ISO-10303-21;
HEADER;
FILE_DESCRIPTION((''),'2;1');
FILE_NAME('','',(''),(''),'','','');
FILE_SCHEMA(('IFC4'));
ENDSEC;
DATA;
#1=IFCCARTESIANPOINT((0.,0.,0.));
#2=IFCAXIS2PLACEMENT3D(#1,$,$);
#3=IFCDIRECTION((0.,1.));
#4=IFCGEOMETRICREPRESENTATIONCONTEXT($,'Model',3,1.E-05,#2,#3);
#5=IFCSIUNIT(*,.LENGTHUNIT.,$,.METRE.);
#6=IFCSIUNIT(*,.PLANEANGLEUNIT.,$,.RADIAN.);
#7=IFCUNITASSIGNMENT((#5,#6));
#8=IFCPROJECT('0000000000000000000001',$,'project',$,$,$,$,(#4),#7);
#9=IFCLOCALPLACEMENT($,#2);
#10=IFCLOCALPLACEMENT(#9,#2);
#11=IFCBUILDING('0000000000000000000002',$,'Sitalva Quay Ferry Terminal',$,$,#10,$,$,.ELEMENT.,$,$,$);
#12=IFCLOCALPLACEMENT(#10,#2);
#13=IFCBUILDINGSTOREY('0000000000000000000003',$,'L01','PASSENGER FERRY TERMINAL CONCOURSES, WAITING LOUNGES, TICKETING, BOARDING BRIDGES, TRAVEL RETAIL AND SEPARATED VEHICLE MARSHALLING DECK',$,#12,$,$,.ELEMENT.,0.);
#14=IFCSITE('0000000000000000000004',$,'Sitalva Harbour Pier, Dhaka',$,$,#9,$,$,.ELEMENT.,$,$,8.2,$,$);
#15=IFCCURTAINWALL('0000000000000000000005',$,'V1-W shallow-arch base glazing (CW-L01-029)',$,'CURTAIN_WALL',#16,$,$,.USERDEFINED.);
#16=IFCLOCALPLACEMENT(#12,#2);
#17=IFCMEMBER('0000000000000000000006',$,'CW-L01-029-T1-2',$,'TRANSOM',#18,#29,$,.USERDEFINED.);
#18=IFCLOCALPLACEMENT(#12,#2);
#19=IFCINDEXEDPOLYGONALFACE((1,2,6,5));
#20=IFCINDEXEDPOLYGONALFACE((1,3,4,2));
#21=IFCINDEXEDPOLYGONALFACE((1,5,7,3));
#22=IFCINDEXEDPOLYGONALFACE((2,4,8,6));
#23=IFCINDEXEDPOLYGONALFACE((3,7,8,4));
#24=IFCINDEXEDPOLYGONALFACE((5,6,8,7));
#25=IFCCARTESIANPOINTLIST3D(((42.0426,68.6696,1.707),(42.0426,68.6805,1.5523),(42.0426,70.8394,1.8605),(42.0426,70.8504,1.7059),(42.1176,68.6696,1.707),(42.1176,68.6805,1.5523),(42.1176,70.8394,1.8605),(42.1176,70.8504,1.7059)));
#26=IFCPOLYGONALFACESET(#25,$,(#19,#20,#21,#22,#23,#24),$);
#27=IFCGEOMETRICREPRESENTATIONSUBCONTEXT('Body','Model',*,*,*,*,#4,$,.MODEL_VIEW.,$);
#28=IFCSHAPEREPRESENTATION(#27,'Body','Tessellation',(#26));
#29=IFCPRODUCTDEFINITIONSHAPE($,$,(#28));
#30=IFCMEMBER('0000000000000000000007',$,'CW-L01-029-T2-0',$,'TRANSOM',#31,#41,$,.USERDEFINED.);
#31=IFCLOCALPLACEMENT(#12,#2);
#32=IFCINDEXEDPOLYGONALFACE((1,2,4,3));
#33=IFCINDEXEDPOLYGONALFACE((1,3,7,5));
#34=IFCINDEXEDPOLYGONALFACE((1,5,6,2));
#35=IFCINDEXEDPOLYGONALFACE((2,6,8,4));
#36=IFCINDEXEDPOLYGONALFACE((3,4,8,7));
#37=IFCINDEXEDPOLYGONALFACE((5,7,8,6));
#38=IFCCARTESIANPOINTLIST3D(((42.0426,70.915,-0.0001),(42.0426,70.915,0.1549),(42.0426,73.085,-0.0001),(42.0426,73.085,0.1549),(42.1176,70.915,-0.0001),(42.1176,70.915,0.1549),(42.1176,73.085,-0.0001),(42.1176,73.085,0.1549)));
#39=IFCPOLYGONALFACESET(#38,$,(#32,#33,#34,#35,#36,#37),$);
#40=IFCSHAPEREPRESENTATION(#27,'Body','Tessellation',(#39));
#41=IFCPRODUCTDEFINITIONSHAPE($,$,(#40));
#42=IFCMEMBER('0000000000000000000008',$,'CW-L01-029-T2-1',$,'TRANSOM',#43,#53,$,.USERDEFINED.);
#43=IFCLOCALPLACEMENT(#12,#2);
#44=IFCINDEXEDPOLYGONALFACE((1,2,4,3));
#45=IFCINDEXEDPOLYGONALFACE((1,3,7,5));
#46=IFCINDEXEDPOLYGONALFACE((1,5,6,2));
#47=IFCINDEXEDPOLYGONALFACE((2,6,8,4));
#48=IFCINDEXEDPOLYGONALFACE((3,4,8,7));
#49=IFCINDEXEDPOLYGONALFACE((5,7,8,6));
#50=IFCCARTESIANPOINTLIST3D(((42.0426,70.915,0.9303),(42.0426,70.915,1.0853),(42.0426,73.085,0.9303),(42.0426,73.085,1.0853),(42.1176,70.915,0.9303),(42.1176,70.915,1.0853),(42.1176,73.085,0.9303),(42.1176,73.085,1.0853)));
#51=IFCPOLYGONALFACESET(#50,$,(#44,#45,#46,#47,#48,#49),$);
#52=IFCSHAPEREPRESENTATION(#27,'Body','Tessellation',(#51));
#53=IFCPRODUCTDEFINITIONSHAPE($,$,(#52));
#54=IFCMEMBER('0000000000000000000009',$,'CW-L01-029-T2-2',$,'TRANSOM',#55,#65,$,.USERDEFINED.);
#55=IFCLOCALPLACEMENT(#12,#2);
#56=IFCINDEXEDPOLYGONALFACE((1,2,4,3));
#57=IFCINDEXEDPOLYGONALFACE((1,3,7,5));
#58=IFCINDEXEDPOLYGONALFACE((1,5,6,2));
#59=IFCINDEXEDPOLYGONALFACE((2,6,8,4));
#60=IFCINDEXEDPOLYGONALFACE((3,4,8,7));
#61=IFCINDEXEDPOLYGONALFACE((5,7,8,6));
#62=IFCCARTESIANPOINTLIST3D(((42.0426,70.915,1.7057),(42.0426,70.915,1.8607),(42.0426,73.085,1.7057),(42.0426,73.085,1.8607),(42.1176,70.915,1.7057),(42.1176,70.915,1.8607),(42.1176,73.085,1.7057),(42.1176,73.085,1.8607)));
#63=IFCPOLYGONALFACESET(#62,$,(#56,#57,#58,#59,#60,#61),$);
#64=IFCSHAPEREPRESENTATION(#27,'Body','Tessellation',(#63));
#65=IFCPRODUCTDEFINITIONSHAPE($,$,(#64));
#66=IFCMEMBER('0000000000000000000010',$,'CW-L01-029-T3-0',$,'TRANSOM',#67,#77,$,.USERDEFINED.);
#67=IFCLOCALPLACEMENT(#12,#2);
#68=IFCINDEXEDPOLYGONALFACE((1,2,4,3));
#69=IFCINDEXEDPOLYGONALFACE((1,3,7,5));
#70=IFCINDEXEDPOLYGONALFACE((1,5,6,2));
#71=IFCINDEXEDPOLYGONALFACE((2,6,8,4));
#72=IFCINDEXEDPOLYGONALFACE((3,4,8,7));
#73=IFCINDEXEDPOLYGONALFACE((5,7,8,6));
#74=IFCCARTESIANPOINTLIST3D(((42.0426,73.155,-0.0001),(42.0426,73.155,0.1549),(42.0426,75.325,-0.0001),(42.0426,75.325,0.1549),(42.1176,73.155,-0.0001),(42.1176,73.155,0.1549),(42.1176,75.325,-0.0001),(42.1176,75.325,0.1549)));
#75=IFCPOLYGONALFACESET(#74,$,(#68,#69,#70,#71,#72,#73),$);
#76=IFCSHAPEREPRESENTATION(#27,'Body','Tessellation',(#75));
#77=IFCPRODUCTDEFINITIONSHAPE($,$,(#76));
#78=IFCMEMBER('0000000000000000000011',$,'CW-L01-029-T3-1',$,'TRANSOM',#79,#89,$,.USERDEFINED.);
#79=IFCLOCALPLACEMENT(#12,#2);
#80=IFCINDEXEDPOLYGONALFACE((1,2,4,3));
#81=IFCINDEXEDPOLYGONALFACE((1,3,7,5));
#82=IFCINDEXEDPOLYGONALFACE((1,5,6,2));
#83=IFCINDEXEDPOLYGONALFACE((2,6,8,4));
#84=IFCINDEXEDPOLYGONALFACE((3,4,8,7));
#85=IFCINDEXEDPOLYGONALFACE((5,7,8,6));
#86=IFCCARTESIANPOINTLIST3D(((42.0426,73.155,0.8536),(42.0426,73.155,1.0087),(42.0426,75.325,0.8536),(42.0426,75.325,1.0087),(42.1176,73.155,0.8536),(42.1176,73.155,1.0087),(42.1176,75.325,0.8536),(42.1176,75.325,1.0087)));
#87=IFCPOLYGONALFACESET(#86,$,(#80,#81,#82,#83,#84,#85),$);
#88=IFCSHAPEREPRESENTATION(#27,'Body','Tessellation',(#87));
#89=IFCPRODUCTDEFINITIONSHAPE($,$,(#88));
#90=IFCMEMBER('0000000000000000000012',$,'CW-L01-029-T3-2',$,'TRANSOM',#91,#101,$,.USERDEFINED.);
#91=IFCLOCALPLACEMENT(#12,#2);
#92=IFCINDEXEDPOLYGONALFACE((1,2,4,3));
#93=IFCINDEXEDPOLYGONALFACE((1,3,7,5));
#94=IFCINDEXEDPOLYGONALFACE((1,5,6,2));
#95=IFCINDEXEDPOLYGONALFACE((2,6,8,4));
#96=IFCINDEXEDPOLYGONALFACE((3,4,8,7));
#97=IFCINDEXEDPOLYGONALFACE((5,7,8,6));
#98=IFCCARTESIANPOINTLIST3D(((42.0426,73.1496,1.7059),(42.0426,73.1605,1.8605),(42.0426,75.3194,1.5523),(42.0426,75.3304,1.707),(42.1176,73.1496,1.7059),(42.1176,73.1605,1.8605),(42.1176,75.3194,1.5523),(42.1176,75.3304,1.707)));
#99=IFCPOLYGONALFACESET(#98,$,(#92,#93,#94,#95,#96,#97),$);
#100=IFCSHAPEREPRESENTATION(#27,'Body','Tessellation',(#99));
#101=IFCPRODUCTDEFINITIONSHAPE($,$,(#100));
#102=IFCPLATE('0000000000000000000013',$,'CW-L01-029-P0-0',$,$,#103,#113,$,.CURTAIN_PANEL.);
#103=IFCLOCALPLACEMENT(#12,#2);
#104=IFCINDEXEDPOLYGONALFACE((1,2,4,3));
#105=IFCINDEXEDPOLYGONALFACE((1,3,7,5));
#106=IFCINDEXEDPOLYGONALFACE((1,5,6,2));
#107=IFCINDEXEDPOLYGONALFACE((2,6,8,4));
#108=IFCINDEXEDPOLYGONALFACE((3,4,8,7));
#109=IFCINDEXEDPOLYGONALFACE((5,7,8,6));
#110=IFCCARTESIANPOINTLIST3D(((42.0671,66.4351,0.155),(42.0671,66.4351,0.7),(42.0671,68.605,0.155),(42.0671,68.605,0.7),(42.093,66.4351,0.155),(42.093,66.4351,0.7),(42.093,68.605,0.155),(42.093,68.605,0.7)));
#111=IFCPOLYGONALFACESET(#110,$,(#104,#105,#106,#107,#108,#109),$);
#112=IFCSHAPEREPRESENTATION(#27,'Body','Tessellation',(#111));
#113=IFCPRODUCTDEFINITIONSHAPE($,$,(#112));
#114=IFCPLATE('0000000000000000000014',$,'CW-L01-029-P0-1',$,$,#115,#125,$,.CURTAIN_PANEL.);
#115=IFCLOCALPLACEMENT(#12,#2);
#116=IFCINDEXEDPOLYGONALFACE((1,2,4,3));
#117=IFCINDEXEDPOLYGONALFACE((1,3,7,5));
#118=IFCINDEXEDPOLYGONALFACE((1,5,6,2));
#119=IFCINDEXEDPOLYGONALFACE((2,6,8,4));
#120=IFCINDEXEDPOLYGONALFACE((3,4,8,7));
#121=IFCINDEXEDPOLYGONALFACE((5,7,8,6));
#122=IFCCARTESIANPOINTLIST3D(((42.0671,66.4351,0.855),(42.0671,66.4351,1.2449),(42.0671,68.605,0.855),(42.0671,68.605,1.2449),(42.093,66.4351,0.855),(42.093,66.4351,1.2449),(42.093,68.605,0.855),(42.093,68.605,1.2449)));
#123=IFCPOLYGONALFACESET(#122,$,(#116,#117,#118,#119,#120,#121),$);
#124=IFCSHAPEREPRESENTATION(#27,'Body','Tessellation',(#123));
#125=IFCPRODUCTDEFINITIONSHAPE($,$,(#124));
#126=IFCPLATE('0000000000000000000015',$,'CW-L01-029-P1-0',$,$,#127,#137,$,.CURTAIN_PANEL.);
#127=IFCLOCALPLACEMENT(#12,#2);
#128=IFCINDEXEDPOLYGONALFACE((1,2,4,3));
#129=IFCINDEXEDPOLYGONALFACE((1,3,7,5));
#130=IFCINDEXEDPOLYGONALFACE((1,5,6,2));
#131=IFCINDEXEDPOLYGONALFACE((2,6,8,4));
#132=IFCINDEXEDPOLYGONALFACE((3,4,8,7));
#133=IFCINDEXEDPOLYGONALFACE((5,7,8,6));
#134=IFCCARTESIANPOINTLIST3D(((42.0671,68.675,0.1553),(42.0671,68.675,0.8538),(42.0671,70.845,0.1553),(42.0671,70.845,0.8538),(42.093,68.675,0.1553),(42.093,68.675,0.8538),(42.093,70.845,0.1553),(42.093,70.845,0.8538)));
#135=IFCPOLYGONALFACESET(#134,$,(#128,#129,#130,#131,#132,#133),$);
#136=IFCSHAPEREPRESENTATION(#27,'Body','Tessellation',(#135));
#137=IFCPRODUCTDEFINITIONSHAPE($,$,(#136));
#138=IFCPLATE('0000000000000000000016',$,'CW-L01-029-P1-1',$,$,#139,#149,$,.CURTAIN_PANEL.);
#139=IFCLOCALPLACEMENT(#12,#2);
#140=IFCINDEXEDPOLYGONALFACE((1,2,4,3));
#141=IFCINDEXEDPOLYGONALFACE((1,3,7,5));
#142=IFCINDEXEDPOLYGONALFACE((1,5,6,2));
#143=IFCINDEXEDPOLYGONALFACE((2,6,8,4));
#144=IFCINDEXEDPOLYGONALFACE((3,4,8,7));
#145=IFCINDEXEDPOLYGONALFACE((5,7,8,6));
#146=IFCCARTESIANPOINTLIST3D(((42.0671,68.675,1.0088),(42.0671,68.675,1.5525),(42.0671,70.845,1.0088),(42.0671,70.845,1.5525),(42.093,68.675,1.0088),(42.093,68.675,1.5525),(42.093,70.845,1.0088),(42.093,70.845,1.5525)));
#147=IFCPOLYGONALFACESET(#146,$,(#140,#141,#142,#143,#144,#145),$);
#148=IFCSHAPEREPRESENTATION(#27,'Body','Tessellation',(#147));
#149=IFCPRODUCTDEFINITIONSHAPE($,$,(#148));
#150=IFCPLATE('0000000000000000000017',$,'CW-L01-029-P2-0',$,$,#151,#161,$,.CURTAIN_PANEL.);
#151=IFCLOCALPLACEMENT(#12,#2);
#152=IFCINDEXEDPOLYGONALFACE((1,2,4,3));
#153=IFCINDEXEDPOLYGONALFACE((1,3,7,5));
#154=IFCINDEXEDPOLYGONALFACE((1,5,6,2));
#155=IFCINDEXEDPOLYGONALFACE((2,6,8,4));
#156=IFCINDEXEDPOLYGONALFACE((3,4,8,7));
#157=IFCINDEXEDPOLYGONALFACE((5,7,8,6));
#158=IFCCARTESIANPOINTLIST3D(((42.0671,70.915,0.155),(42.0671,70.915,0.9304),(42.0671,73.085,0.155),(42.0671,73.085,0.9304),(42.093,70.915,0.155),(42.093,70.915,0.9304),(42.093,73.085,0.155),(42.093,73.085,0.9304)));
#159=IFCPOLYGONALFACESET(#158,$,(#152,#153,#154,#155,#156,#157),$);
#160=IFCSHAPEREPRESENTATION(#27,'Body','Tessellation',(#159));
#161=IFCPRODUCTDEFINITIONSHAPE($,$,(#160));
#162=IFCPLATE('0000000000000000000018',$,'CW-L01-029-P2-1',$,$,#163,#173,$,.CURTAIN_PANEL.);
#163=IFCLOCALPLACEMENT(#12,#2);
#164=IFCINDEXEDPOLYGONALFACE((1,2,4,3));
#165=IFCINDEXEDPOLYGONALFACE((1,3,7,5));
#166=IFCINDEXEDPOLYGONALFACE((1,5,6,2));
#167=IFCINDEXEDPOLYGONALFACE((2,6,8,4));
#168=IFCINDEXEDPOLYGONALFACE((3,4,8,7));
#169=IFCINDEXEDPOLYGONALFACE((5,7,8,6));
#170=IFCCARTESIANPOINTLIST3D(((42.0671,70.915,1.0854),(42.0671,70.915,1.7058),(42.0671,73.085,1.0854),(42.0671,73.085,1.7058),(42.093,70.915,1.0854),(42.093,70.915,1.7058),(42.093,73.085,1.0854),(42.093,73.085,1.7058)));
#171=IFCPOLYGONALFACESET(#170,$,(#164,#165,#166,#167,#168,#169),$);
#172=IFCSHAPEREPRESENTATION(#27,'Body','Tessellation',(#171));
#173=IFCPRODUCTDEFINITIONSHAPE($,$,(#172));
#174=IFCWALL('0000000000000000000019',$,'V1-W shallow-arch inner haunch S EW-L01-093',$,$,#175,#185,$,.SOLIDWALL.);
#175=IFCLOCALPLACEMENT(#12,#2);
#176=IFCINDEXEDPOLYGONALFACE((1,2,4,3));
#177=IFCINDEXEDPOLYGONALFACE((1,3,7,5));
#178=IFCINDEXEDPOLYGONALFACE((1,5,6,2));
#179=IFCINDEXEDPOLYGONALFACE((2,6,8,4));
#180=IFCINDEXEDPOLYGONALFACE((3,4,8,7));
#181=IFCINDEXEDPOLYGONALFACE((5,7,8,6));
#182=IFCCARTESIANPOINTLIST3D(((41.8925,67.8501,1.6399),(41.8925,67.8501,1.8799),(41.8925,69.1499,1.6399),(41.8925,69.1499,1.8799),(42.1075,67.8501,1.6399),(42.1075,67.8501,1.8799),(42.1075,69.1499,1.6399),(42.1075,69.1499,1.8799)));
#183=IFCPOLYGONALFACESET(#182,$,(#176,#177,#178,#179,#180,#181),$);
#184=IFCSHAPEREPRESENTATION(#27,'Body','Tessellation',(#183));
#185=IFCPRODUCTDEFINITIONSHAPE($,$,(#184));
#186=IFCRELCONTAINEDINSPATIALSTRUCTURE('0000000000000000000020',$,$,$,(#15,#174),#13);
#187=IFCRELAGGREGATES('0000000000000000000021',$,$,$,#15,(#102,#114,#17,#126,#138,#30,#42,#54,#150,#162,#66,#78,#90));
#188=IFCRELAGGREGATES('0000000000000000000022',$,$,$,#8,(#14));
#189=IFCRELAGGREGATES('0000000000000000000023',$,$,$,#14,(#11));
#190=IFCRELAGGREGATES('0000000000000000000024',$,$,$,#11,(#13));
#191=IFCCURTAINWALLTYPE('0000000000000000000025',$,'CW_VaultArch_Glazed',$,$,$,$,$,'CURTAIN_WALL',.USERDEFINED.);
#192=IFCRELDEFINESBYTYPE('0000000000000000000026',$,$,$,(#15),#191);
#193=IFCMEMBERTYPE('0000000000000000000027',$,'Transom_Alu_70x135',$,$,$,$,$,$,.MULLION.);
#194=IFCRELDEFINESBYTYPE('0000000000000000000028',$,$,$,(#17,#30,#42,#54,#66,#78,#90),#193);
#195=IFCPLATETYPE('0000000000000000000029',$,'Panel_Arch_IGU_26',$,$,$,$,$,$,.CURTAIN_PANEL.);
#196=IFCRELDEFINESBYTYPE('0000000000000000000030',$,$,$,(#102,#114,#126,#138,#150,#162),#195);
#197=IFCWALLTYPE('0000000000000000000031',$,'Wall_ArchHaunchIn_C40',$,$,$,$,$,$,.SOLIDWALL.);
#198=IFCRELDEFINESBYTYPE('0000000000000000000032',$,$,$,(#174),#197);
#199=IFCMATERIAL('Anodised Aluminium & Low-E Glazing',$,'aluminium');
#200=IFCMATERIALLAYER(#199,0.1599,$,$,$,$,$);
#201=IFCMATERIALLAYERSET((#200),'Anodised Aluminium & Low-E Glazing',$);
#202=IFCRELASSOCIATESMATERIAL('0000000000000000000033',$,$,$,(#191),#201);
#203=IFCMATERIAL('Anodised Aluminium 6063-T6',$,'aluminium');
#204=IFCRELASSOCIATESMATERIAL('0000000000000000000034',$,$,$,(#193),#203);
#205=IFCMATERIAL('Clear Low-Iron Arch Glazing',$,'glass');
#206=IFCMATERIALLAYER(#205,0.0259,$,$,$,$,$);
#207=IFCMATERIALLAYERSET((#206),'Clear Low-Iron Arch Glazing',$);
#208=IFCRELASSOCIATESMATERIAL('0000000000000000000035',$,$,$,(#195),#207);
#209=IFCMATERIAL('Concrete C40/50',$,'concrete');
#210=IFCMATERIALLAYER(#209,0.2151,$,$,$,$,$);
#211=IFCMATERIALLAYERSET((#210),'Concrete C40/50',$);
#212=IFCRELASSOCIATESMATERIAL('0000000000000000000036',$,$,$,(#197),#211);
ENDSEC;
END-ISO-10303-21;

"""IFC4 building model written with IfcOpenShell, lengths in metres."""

from ifc_helpers import new_model, si_unit, direction, frame, frame_2d, origin, origin_2d, place, context, subcontext, project, spatial, rectangle, extrude, material, layer, layer_set, material_profile, profile_set, type_object, element, aggregate, save


model = new_model("IFC4")

# Units and contexts
model_context = context("Model", 3, precision=1e-05, world=origin(), true_north=direction((0.0, 1.0)))
body_context = subcontext(model_context, "Body", "Model", "MODEL_VIEW")
ifc_project = project(units=[si_unit("LENGTHUNIT", "METRE"), si_unit("PLANEANGLEUNIT", "RADIAN")], contexts=[model_context])

# Site, building, storey
site_placement = place(None, origin())
site = spatial("IfcSite", under=ifc_project, at=site_placement, Name="Sitalva Harbour Pier, Dhaka", CompositionType="ELEMENT", RefElevation=8.2)
building_placement = place(site_placement, origin())
building = spatial("IfcBuilding", under=site, at=building_placement, Name="Sitalva Quay Ferry Terminal", CompositionType="ELEMENT")
storey_placement = place(building_placement, origin())
storey = spatial("IfcBuildingStorey", under=building, at=storey_placement, Name="L01", Description="PASSENGER FERRY TERMINAL CONCOURSES, WAITING LOUNGES, TICKETING, BOARDING BRIDGES, TRAVEL RETAIL AND SEPARATED VEHICLE MARSHALLING DECK", CompositionType="ELEMENT", Elevation=0.0)

# Curtain wall, members, plates
ifc_material_1 = material(Name="Anodised Aluminium & Low-E Glazing", Category="aluminium")
ifc_layer_1 = layer(ifc_material_1, 0.1599)
ifc_layer_set_1 = layer_set([ifc_layer_1], Name="Anodised Aluminium & Low-E Glazing")
curtain_wall_type = type_object("IfcCurtainWallType", Name="CW_VaultArch_Glazed", ElementType="CURTAIN_WALL", PredefinedType="USERDEFINED", material=ifc_layer_set_1)
curtain_wall_placement = place(storey_placement, origin())
curtain_wall = element("IfcCurtainWall", 1, at=curtain_wall_placement, inside=storey, type_object=curtain_wall_type, Name="V1-W shallow-arch base glazing (CW-L01-029)", ObjectType="CURTAIN_WALL", PredefinedType="USERDEFINED")
ifc_material_2 = material(Name="Anodised Aluminium 6063-T6", Category="aluminium")
ifc_material_profile_1 = material_profile(ifc_material_2, rectangle(XDim=0.075, YDim=0.155, at=origin_2d()), Name="ALU75x155")
ifc_profile_set_1 = profile_set([ifc_material_profile_1], Name="Anodised Aluminium 6063-T6")
member_type_1 = type_object("IfcMemberType", Name="Transom_Alu_70x135", PredefinedType="MULLION", material=ifc_profile_set_1)
member_1_placement = place(storey_placement, frame((42.0801, 68.675, 1.6296), z_axis=(0.0, 0.997505, 0.070593), x_axis=(-1.0, 0.0, 0.0)))
member_1 = element("IfcMember", 2, at=member_1_placement, type_object=member_type_1, Name="CW-L01-029-T1-2", ObjectType="TRANSOM", PredefinedType="USERDEFINED", context=body_context, shape_type="SweptSolid", body=[
    extrude(rectangle(XDim=0.075, YDim=0.155, at=origin_2d()), origin(), (0.0, 0.0, 1.0), 2.1753),
])
member_2_placement = place(storey_placement, frame((42.0801, 70.915, 0.0774), z_axis=(0.0, 1.0, 0.0), x_axis=(-1.0, 0.0, 0.0)))
member_2 = element("IfcMember", 3, at=member_2_placement, type_object=member_type_1, Name="CW-L01-029-T2-0", ObjectType="TRANSOM", PredefinedType="USERDEFINED", context=body_context, shape_type="SweptSolid", body=[
    extrude(rectangle(XDim=0.075, YDim=0.155, at=origin_2d()), origin(), (0.0, 0.0, 1.0), 2.1699),
])
member_3_placement = place(storey_placement, frame((42.0801, 70.915, 1.0078), z_axis=(0.0, 1.0, 0.0), x_axis=(-1.0, 0.0, 0.0)))
member_3 = element("IfcMember", 4, at=member_3_placement, type_object=member_type_1, Name="CW-L01-029-T2-1", ObjectType="TRANSOM", PredefinedType="USERDEFINED", context=body_context, shape_type="SweptSolid", body=[
    extrude(rectangle(XDim=0.075, YDim=0.155, at=origin_2d()), origin(), (0.0, 0.0, 1.0), 2.1699),
])
member_4_placement = place(storey_placement, frame((42.0801, 70.915, 1.7832), z_axis=(0.0, 1.0, 0.0), x_axis=(-1.0, 0.0, 0.0)))
member_4 = element("IfcMember", 5, at=member_4_placement, type_object=member_type_1, Name="CW-L01-029-T2-2", ObjectType="TRANSOM", PredefinedType="USERDEFINED", context=body_context, shape_type="SweptSolid", body=[
    extrude(rectangle(XDim=0.075, YDim=0.155, at=origin_2d()), origin(), (0.0, 0.0, 1.0), 2.1699),
])
member_5_placement = place(storey_placement, frame((42.0801, 73.155, 0.0774), z_axis=(0.0, 1.0, 0.0), x_axis=(-1.0, 0.0, 0.0)))
member_5 = element("IfcMember", 6, at=member_5_placement, type_object=member_type_1, Name="CW-L01-029-T3-0", ObjectType="TRANSOM", PredefinedType="USERDEFINED", context=body_context, shape_type="SweptSolid", body=[
    extrude(rectangle(XDim=0.075, YDim=0.155, at=origin_2d()), origin(), (0.0, 0.0, 1.0), 2.1699),
])
member_6_placement = place(storey_placement, frame((42.0801, 73.155, 0.9312), z_axis=(0.0, 1.0, 0.0), x_axis=(-1.0, 0.0, 0.0)))
member_6 = element("IfcMember", 7, at=member_6_placement, type_object=member_type_1, Name="CW-L01-029-T3-1", ObjectType="TRANSOM", PredefinedType="USERDEFINED", context=body_context, shape_type="SweptSolid", body=[
    extrude(rectangle(XDim=0.075, YDim=0.155, at=origin_2d()), origin(), (0.0, 0.0, 1.0), 2.1699),
])
member_7_placement = place(storey_placement, frame((42.0801, 73.155, 1.7832), z_axis=(0.0, 0.997505, -0.070593), x_axis=(-1.0, 0.0, 0.0)))
member_7 = element("IfcMember", 8, at=member_7_placement, type_object=member_type_1, Name="CW-L01-029-T3-2", ObjectType="TRANSOM", PredefinedType="USERDEFINED", context=body_context, shape_type="SweptSolid", body=[
    extrude(rectangle(XDim=0.075, YDim=0.155, at=origin_2d()), origin(), (0.0, 0.0, 1.0), 2.1753),
])
ifc_material_3 = material(Name="Clear Low-Iron Arch Glazing", Category="glass")
ifc_layer_2 = layer(ifc_material_3, 0.0259)
ifc_layer_set_2 = layer_set([ifc_layer_2], Name="Clear Low-Iron Arch Glazing")
plate_type = type_object("IfcPlateType", Name="Panel_Arch_IGU_26", PredefinedType="CURTAIN_PANEL", material=ifc_layer_set_2)
plate_1_placement = place(storey_placement, frame((42.0801, 67.52, 0.155), z_axis=(0.0, 0.0, 1.0), x_axis=(0.0, 1.0, 0.0)))
plate_1 = element("IfcPlate", 9, at=plate_1_placement, type_object=plate_type, Name="CW-L01-029-P0-0", PredefinedType="CURTAIN_PANEL", context=body_context, shape_type="SweptSolid", body=[
    extrude(rectangle(XDim=2.1699, YDim=0.0259, at=origin_2d()), origin(), (0.0, 0.0, 1.0), 0.5449),
])
plate_2_placement = place(storey_placement, frame((42.0801, 67.52, 0.855), z_axis=(0.0, 0.0, 1.0), x_axis=(0.0, 1.0, 0.0)))
plate_2 = element("IfcPlate", 10, at=plate_2_placement, type_object=plate_type, Name="CW-L01-029-P0-1", PredefinedType="CURTAIN_PANEL", context=body_context, shape_type="SweptSolid", body=[
    extrude(rectangle(XDim=2.1699, YDim=0.0259, at=origin_2d()), origin(), (0.0, 0.0, 1.0), 0.3899),
])
plate_3_placement = place(storey_placement, frame((42.0801, 69.76, 0.1553), z_axis=(0.0, 0.0, 1.0), x_axis=(0.0, 1.0, 0.0)))
plate_3 = element("IfcPlate", 11, at=plate_3_placement, type_object=plate_type, Name="CW-L01-029-P1-0", PredefinedType="CURTAIN_PANEL", context=body_context, shape_type="SweptSolid", body=[
    extrude(rectangle(XDim=2.1699, YDim=0.0259, at=origin_2d()), origin(), (0.0, 0.0, 1.0), 0.6985),
])
plate_4_placement = place(storey_placement, frame((42.0801, 69.76, 1.0088), z_axis=(0.0, 0.0, 1.0), x_axis=(0.0, 1.0, 0.0)))
plate_4 = element("IfcPlate", 12, at=plate_4_placement, type_object=plate_type, Name="CW-L01-029-P1-1", PredefinedType="CURTAIN_PANEL", context=body_context, shape_type="SweptSolid", body=[
    extrude(rectangle(XDim=2.1699, YDim=0.0259, at=origin_2d()), origin(), (0.0, 0.0, 1.0), 0.5437),
])
plate_5_placement = place(storey_placement, frame((42.0801, 72.0, 0.155), z_axis=(0.0, 0.0, 1.0), x_axis=(0.0, 1.0, 0.0)))
plate_5 = element("IfcPlate", 13, at=plate_5_placement, type_object=plate_type, Name="CW-L01-029-P2-0", PredefinedType="CURTAIN_PANEL", context=body_context, shape_type="SweptSolid", body=[
    extrude(rectangle(XDim=2.1699, YDim=0.0259, at=origin_2d()), origin(), (0.0, 0.0, 1.0), 0.7754),
])
plate_6_placement = place(storey_placement, frame((42.0801, 72.0, 1.0854), z_axis=(0.0, 0.0, 1.0), x_axis=(0.0, 1.0, 0.0)))
plate_6 = element("IfcPlate", 14, at=plate_6_placement, type_object=plate_type, Name="CW-L01-029-P2-1", PredefinedType="CURTAIN_PANEL", context=body_context, shape_type="SweptSolid", body=[
    extrude(rectangle(XDim=2.1699, YDim=0.0259, at=origin_2d()), origin(), (0.0, 0.0, 1.0), 0.6204),
])
aggregate(curtain_wall, [plate_1, plate_2, member_1, plate_3, plate_4, member_2, member_3, member_4, plate_5, plate_6, member_5, member_6, member_7])

# Wall
ifc_material_4 = material(Name="Concrete C40/50", Category="concrete")
ifc_layer_3 = layer(ifc_material_4, 0.2151)
ifc_layer_set_3 = layer_set([ifc_layer_3], Name="Concrete C40/50")
wall_type = type_object("IfcWallType", Name="Wall_ArchHaunchIn_C40", PredefinedType="SOLIDWALL", material=ifc_layer_set_3)
wall_placement = place(storey_placement, frame((42.0, 67.8501, 1.6399), z_axis=(0.0, 0.0, 1.0), x_axis=(0.0, 1.0, 0.0)))
element("IfcWall", 15, at=wall_placement, inside=storey, type_object=wall_type, Name="V1-W shallow-arch inner haunch S EW-L01-093", PredefinedType="SOLIDWALL", context=body_context, shape_type="SweptSolid", body=[
    extrude(rectangle(XDim=1.2998, YDim=0.2151, at=frame_2d((0.6499, 0.0))), origin(), (0.0, 0.0, 1.0), 0.24),
])

save(model, "model.ifc")
